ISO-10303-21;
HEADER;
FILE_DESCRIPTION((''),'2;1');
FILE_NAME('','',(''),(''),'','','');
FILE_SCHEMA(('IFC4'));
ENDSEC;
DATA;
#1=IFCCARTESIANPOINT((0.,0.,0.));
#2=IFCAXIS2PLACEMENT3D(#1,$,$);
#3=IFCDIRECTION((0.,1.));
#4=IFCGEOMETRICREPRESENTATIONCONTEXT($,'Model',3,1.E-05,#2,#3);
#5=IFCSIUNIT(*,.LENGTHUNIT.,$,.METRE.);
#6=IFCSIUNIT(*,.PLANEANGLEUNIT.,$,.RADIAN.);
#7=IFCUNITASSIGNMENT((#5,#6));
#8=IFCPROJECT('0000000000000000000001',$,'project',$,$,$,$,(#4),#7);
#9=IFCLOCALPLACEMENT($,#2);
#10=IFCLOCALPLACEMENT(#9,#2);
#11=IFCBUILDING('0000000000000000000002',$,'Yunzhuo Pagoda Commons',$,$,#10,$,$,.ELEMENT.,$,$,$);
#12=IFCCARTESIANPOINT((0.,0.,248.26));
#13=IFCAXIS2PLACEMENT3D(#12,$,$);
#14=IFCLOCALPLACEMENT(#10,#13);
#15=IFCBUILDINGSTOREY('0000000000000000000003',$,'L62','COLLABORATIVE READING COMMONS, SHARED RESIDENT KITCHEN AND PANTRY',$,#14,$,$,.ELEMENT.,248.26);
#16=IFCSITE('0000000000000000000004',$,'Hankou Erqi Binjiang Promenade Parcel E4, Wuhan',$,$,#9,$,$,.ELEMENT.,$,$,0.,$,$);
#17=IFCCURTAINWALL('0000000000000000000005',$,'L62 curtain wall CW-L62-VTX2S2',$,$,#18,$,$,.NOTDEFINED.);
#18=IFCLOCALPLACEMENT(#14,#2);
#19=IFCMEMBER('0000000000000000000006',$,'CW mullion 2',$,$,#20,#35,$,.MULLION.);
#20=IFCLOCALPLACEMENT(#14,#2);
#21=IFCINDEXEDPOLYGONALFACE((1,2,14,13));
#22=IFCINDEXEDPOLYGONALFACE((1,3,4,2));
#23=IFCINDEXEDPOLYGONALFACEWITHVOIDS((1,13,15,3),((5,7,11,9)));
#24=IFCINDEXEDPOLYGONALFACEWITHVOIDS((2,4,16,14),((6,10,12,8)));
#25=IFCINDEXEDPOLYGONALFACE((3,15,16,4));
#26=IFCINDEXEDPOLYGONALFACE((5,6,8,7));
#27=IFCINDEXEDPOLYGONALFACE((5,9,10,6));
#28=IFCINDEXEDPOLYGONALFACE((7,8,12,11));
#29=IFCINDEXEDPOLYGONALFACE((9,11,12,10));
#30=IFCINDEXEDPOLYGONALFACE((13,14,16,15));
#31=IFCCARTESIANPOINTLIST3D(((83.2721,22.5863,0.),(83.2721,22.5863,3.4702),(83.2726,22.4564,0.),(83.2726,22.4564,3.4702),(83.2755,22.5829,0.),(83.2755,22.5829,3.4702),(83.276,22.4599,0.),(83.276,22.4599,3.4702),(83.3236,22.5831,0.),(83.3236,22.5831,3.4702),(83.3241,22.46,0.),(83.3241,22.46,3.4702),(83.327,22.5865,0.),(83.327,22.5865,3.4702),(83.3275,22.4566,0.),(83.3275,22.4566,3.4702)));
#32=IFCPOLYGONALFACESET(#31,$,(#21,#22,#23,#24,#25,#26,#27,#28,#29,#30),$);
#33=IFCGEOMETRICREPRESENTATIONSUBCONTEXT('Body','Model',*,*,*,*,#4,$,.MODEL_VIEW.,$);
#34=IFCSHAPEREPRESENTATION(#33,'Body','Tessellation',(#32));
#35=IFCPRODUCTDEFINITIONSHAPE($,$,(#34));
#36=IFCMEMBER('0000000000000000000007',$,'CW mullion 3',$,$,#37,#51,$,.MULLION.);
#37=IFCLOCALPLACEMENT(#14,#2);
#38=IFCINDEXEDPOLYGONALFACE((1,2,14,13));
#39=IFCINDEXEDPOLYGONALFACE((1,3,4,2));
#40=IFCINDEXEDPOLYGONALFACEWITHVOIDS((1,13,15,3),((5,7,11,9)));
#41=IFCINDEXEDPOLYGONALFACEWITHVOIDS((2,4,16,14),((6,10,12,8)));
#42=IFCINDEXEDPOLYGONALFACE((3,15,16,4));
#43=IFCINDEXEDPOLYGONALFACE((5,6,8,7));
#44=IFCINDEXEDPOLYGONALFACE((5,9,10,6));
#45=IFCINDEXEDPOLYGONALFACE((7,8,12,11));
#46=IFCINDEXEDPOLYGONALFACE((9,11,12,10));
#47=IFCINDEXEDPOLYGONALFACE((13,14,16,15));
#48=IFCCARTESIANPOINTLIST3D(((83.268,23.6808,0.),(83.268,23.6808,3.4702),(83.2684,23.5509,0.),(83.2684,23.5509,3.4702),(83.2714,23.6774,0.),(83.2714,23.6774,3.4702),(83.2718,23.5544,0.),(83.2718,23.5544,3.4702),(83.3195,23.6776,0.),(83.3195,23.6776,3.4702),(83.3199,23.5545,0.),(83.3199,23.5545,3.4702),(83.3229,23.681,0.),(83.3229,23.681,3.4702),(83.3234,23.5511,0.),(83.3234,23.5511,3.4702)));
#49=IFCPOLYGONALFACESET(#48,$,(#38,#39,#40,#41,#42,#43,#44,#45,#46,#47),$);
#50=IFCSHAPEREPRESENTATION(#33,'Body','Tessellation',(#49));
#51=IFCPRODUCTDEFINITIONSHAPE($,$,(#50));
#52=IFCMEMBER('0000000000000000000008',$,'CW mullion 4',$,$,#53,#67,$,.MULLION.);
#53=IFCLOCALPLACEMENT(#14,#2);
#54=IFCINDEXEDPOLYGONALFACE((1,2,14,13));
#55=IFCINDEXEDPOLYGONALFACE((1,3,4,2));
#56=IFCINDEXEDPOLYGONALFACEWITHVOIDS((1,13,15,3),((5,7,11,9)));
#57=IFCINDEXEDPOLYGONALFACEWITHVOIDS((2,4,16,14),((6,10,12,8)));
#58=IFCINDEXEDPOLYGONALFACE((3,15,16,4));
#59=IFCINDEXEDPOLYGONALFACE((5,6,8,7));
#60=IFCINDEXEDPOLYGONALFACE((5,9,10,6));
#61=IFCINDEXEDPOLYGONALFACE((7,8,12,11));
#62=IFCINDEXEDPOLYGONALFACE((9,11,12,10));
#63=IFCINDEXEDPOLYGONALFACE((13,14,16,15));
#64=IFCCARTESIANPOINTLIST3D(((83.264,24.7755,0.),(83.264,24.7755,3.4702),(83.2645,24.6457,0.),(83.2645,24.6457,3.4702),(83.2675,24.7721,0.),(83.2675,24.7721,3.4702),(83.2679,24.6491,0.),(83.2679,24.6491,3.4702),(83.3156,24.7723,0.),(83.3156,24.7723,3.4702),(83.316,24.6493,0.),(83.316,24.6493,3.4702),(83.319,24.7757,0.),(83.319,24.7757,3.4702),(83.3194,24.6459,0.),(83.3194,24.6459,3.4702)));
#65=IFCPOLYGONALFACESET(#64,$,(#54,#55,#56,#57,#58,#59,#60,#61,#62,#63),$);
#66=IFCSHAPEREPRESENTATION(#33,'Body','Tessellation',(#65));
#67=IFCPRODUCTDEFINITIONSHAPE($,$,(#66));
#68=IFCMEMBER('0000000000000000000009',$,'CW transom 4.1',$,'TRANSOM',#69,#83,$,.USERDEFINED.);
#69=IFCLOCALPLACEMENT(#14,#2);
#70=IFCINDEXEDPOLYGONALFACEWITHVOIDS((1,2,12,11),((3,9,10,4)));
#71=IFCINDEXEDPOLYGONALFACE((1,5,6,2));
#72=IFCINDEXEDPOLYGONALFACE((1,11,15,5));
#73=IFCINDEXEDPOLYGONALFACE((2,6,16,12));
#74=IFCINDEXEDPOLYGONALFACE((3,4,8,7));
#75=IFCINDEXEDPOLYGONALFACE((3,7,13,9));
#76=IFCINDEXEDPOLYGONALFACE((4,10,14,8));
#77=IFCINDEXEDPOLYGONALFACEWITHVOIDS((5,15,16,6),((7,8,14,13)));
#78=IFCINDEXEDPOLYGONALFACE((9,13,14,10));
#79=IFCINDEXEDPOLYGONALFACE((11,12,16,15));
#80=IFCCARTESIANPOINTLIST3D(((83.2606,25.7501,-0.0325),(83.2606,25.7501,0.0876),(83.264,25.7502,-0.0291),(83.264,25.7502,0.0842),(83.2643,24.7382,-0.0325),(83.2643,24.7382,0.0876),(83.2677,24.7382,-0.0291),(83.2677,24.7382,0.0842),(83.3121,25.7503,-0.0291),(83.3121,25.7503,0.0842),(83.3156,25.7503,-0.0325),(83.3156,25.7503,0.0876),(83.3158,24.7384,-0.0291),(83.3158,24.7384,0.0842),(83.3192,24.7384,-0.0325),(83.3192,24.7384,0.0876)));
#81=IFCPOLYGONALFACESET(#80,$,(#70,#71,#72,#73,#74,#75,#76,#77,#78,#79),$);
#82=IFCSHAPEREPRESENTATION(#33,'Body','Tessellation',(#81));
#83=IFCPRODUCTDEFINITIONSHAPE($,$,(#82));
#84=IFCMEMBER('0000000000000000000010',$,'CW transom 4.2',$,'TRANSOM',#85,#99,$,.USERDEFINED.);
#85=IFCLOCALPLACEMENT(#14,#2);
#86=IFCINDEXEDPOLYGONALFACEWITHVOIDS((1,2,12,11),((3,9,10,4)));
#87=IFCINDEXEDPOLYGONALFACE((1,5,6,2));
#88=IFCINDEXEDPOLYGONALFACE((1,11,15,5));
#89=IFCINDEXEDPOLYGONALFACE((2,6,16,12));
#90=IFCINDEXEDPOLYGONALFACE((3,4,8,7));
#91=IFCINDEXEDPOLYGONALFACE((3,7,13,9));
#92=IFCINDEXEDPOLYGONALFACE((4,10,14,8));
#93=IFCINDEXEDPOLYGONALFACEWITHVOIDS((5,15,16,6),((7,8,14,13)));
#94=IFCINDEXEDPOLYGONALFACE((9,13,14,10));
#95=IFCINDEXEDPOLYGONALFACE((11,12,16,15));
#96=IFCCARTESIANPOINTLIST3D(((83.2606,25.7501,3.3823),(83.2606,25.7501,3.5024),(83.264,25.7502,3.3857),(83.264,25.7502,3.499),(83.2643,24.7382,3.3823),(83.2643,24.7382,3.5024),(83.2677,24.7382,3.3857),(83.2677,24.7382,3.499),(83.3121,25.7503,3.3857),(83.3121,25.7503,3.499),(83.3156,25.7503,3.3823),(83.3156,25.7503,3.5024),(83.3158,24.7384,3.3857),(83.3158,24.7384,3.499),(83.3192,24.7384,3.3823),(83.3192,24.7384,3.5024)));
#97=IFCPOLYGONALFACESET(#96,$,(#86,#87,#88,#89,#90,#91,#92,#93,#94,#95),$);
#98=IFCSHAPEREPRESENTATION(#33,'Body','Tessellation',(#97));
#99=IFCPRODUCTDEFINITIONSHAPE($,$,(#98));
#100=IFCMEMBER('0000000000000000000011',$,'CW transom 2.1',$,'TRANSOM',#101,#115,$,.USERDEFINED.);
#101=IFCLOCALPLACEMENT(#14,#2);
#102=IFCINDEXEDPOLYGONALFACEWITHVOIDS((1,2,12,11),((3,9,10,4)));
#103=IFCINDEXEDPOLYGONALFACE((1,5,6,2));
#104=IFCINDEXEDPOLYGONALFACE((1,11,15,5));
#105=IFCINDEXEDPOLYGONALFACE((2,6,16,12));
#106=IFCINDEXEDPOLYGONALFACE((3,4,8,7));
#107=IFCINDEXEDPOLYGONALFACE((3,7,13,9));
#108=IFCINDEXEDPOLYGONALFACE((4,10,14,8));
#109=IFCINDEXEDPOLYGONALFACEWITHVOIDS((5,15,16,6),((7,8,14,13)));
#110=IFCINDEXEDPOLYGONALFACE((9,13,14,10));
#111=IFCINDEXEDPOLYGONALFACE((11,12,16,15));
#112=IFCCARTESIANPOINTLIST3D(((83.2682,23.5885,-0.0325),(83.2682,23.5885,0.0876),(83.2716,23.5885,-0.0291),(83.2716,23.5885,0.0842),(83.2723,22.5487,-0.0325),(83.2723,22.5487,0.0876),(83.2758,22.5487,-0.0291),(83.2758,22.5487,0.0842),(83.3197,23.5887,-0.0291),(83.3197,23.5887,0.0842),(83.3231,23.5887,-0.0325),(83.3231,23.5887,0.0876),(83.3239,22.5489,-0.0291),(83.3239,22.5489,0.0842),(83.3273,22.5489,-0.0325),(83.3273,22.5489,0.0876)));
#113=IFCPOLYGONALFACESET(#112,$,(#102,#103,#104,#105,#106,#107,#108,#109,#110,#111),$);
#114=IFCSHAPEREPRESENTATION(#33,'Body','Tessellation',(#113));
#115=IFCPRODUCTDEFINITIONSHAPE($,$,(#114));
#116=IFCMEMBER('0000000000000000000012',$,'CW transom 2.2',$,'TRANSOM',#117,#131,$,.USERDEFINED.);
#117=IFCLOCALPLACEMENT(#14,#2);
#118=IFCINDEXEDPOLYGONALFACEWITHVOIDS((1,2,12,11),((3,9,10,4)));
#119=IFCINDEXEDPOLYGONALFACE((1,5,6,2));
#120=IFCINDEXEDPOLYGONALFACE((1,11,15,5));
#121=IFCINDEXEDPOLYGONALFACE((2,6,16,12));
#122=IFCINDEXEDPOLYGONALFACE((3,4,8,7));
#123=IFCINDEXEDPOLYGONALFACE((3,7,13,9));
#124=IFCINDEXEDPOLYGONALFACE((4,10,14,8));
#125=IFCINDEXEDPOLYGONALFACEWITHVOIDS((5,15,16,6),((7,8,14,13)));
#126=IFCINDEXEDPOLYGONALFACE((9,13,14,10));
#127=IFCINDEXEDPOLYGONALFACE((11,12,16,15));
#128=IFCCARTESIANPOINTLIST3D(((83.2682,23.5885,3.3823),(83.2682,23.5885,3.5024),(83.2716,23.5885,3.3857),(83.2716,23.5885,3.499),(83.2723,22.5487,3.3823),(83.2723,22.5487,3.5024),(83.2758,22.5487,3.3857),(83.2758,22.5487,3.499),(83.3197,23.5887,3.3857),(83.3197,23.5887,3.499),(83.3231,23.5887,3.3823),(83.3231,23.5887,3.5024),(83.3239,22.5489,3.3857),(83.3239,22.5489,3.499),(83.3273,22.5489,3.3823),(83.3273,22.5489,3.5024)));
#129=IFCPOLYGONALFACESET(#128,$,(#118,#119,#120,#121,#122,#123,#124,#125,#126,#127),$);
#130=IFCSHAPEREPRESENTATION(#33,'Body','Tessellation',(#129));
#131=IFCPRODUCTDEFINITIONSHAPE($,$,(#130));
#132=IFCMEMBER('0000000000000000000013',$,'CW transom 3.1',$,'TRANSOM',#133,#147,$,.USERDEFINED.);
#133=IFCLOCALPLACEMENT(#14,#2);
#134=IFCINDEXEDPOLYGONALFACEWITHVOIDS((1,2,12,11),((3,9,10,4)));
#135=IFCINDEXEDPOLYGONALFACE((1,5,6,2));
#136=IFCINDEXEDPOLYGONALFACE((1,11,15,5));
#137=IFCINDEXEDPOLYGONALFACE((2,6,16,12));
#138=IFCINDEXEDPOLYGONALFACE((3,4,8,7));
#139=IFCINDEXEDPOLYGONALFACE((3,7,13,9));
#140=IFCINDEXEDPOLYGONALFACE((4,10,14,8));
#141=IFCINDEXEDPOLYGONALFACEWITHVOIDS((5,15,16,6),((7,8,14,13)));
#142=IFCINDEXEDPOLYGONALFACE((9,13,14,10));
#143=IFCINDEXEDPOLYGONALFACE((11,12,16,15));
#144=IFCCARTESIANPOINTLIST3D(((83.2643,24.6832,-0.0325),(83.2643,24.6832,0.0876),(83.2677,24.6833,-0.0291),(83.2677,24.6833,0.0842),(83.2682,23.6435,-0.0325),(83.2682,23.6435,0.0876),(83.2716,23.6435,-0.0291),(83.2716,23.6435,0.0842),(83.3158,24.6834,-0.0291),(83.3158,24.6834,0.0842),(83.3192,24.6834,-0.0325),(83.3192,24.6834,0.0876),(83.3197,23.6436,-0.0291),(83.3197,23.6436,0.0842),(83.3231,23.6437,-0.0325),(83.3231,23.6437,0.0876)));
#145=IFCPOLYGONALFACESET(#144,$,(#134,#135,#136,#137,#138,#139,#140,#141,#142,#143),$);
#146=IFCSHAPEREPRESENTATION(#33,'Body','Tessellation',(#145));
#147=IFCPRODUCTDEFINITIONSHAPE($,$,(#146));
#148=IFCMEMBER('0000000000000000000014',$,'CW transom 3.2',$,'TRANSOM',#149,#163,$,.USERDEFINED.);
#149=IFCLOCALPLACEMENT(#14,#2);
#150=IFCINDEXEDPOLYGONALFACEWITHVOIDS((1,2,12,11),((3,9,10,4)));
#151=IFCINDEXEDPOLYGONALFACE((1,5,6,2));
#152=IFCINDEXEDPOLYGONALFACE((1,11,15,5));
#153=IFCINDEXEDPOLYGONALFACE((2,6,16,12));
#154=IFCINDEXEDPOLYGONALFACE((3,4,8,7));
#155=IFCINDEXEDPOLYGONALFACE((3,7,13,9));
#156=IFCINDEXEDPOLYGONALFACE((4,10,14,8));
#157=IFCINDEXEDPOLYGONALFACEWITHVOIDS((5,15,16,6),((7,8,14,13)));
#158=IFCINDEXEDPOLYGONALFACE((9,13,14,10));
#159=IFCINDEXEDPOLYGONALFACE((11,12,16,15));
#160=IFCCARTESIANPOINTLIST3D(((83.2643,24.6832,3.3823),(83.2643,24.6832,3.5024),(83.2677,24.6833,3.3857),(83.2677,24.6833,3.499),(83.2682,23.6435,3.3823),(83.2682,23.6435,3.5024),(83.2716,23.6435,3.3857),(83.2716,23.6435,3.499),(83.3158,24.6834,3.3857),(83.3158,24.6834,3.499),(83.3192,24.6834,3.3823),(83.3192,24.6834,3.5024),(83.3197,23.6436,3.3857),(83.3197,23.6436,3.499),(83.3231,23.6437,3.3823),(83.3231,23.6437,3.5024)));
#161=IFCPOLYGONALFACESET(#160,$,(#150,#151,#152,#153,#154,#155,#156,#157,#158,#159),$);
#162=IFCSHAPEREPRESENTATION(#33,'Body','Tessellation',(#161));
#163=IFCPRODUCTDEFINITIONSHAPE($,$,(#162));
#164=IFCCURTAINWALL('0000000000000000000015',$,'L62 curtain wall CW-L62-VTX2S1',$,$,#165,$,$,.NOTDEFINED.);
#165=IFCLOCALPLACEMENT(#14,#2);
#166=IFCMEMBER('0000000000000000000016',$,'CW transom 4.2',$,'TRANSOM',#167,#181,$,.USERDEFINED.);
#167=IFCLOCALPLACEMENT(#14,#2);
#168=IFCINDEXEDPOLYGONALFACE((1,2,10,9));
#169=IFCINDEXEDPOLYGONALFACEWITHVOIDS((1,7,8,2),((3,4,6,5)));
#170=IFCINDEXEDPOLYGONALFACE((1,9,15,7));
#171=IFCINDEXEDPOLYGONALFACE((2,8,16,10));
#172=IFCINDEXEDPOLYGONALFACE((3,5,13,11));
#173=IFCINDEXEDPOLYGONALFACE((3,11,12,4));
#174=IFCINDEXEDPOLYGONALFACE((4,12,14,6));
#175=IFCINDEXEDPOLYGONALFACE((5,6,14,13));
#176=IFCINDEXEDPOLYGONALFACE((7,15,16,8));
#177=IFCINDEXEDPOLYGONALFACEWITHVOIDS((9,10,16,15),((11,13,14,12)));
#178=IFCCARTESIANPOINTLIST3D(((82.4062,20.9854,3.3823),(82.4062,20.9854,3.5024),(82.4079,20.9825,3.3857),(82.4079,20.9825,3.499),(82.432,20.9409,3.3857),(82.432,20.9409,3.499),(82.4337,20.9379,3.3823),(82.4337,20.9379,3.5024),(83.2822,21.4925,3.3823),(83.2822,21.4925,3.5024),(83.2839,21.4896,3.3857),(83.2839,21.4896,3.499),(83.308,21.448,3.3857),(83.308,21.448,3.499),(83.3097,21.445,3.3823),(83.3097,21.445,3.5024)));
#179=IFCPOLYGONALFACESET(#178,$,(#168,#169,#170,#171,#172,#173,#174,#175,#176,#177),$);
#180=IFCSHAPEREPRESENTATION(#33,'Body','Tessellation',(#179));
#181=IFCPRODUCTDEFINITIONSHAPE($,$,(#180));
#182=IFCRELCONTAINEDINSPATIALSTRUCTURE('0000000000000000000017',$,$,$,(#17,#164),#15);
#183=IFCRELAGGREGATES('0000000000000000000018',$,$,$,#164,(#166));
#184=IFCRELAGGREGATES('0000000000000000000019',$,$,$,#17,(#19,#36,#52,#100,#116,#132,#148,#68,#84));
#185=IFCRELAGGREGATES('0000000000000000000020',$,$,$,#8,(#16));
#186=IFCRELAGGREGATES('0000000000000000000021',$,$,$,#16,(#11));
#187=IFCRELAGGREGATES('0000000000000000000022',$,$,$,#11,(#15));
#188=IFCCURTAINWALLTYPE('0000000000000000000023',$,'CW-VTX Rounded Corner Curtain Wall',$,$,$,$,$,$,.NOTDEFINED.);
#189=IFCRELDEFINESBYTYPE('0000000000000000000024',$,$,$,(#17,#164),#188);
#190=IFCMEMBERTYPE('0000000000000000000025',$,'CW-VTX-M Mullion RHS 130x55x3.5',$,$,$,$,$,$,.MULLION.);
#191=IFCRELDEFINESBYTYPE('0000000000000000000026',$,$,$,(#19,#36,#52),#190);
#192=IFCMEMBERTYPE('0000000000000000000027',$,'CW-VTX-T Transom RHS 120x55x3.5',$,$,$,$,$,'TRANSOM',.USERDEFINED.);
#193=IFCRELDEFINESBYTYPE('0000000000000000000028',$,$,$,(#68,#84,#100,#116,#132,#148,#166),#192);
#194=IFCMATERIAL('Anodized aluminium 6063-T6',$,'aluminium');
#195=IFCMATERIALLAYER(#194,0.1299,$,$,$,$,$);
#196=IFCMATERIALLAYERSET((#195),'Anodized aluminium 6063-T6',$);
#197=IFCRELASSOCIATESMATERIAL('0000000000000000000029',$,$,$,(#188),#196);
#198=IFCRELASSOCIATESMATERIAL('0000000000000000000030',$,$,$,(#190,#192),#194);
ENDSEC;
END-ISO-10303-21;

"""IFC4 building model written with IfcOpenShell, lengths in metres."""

from ifc_helpers import new_model, si_unit, direction, frame, origin, origin_2d, place, context, subcontext, project, spatial, hollow_rectangle, extrude, source, transform, mapped, material, layer, layer_set, material_profile, profile_set, type_object, element, aggregate, save


model = new_model("IFC4")

# Units and contexts
model_context = context("Model", 3, precision=1e-05, world=origin(), true_north=direction((0.0, 1.0)))
body_context = subcontext(model_context, "Body", "Model", "MODEL_VIEW")
ifc_project = project(units=[si_unit("LENGTHUNIT", "METRE"), si_unit("PLANEANGLEUNIT", "RADIAN")], contexts=[model_context])

# Site, building, storey
site_placement = place(None, origin())
site = spatial("IfcSite", under=ifc_project, at=site_placement, Name="Hankou Erqi Binjiang Promenade Parcel E4, Wuhan", CompositionType="ELEMENT", RefElevation=0.0)
building_placement = place(site_placement, origin())
building = spatial("IfcBuilding", under=site, at=building_placement, Name="Yunzhuo Pagoda Commons", CompositionType="ELEMENT")
storey_placement = place(building_placement, frame((0.0, 0.0, 248.26)))
storey = spatial("IfcBuildingStorey", under=building, at=storey_placement, Name="L62", Description="COLLABORATIVE READING COMMONS, SHARED RESIDENT KITCHEN AND PANTRY", CompositionType="ELEMENT", Elevation=248.26)

# Shared definitions
ifc_material_1 = material(Name="Anodized aluminium 6063-T6", Category="aluminium")

# Curtain wall, members
ifc_layer_1 = layer(ifc_material_1, 0.1299)
ifc_layer_set_1 = layer_set([ifc_layer_1], Name="Anodized aluminium 6063-T6")
curtain_wall_type_1 = type_object("IfcCurtainWallType", Name="CW-VTX Rounded Corner Curtain Wall", PredefinedType="NOTDEFINED", material=ifc_layer_set_1)
curtain_wall_1_placement = place(storey_placement, origin())
curtain_wall_1 = element("IfcCurtainWall", 1, at=curtain_wall_1_placement, inside=storey, type_object=curtain_wall_type_1, Name="L62 curtain wall CW-L62-VTX2S2", PredefinedType="NOTDEFINED")
ifc_material_profile_1 = material_profile(ifc_material_1, hollow_rectangle(XDim=0.0549, YDim=0.1299, WallThickness=0.0034, at=origin_2d()), Name="Anodized aluminium 6063-T6")
ifc_profile_set_1 = profile_set([ifc_material_profile_1], Name="Anodized aluminium 6063-T6")
member_type_1 = type_object("IfcMemberType", Name="CW-VTX-M Mullion RHS 130x55x3.5", PredefinedType="MULLION", material=ifc_profile_set_1)
shared_shape_1 = source(origin(), body_context, "Body", "SweptSolid", [
    extrude(hollow_rectangle(XDim=0.0549, YDim=0.1299, WallThickness=0.0034, at=origin_2d()), origin(), (0.0, 0.0, 1.0), 3.4702),
])
member_1_placement = place(storey_placement, frame((83.2998, 22.5215, 0.0), z_axis=(0.0, 0.0, 1.0), x_axis=(-0.999994, -0.003586, 0.0)))
member_1 = element("IfcMember", 2, at=member_1_placement, type_object=member_type_1, Name="CW mullion 2", PredefinedType="MULLION", context=body_context, shape_type="MappedRepresentation", body=[
    mapped(shared_shape_1, transform((0.0, 0.0, 0.0), scale=1.0)),
])
member_2_placement = place(storey_placement, frame((83.2957, 23.616, 0.0), z_axis=(0.0, 0.0, 1.0), x_axis=(-0.999994, -0.003586, 0.0)))
member_2 = element("IfcMember", 3, at=member_2_placement, type_object=member_type_1, Name="CW mullion 3", PredefinedType="MULLION", context=body_context, shape_type="MappedRepresentation", body=[
    mapped(shared_shape_1, transform((0.0, 0.0, 0.0), scale=1.0)),
])
member_3_placement = place(storey_placement, frame((83.2917, 24.7107, 0.0), z_axis=(0.0, 0.0, 1.0), x_axis=(-0.999994, -0.003586, 0.0)))
member_3 = element("IfcMember", 4, at=member_3_placement, type_object=member_type_1, Name="CW mullion 4", PredefinedType="MULLION", context=body_context, shape_type="MappedRepresentation", body=[
    mapped(shared_shape_1, transform((0.0, 0.0, 0.0), scale=1.0)),
])
ifc_material_profile_2 = material_profile(ifc_material_1, hollow_rectangle(XDim=0.0549, YDim=0.1201, WallThickness=0.0034, at=origin_2d()), Name="Anodized aluminium 6063-T6")
ifc_profile_set_2 = profile_set([ifc_material_profile_2], Name="Anodized aluminium 6063-T6")
member_type_2 = type_object("IfcMemberType", Name="CW-VTX-T Transom RHS 120x55x3.5", ElementType="TRANSOM", PredefinedType="USERDEFINED", material=ifc_profile_set_2)
shared_shape_2 = source(origin(), body_context, "Body", "SweptSolid", [
    extrude(hollow_rectangle(XDim=0.0549, YDim=0.1201, WallThickness=0.0034, at=origin_2d()), origin(), (0.0, 0.0, 1.0), 1.012),
])
member_4_placement = place(storey_placement, frame((83.2917, 24.7383, 0.0276), z_axis=(-0.003619, 0.999993, 0.0), x_axis=(-0.999993, -0.003619, 0.0)))
member_4 = element("IfcMember", 5, at=member_4_placement, type_object=member_type_2, Name="CW transom 4.1", ObjectType="TRANSOM", PredefinedType="USERDEFINED", context=body_context, shape_type="MappedRepresentation", body=[
    mapped(shared_shape_2, transform((0.0, 0.0, 0.0), scale=1.0)),
])
member_5_placement = place(storey_placement, frame((83.2917, 24.7383, 3.4424), z_axis=(-0.003619, 0.999993, 0.0), x_axis=(-0.999993, -0.003619, 0.0)))
member_5 = element("IfcMember", 6, at=member_5_placement, type_object=member_type_2, Name="CW transom 4.2", ObjectType="TRANSOM", PredefinedType="USERDEFINED", context=body_context, shape_type="MappedRepresentation", body=[
    mapped(shared_shape_2, transform((0.0, 0.0, 0.0), scale=1.0)),
])
shared_shape_3 = source(origin(), body_context, "Body", "SweptSolid", [
    extrude(hollow_rectangle(XDim=0.0549, YDim=0.1201, WallThickness=0.0034, at=origin_2d()), origin(), (0.0, 0.0, 1.0), 1.0398),
])
member_6_placement = place(storey_placement, frame((83.2998, 22.5488, 0.0276), z_axis=(-0.003992, 0.999992, 0.0), x_axis=(-0.999992, -0.003992, 0.0)))
member_6 = element("IfcMember", 7, at=member_6_placement, type_object=member_type_2, Name="CW transom 2.1", ObjectType="TRANSOM", PredefinedType="USERDEFINED", context=body_context, shape_type="MappedRepresentation", body=[
    mapped(shared_shape_3, transform((0.0, 0.0, 0.0), scale=1.0)),
])
member_7_placement = place(storey_placement, frame((83.2998, 22.5488, 3.4424), z_axis=(-0.003992, 0.999992, 0.0), x_axis=(-0.999992, -0.003992, 0.0)))
member_7 = element("IfcMember", 8, at=member_7_placement, type_object=member_type_2, Name="CW transom 2.2", ObjectType="TRANSOM", PredefinedType="USERDEFINED", context=body_context, shape_type="MappedRepresentation", body=[
    mapped(shared_shape_3, transform((0.0, 0.0, 0.0), scale=1.0)),
])
member_8_placement = place(storey_placement, frame((83.2957, 23.6436, 0.0276), z_axis=(-0.003757, 0.999993, 0.0), x_axis=(-0.999993, -0.003757, 0.0)))
member_8 = element("IfcMember", 9, at=member_8_placement, type_object=member_type_2, Name="CW transom 3.1", ObjectType="TRANSOM", PredefinedType="USERDEFINED", context=body_context, shape_type="MappedRepresentation", body=[
    mapped(shared_shape_3, transform((0.0, 0.0, 0.0), scale=1.0)),
])
member_9_placement = place(storey_placement, frame((83.2957, 23.6436, 3.4424), z_axis=(-0.003757, 0.999993, 0.0), x_axis=(-0.999993, -0.003757, 0.0)))
member_9 = element("IfcMember", 10, at=member_9_placement, type_object=member_type_2, Name="CW transom 3.2", ObjectType="TRANSOM", PredefinedType="USERDEFINED", context=body_context, shape_type="MappedRepresentation", body=[
    mapped(shared_shape_3, transform((0.0, 0.0, 0.0), scale=1.0)),
])

# Curtain wall, member
curtain_wall_2_placement = place(storey_placement, origin())
curtain_wall_2 = element("IfcCurtainWall", 11, at=curtain_wall_2_placement, inside=storey, type_object=curtain_wall_type_1, Name="L62 curtain wall CW-L62-VTX2S1", PredefinedType="NOTDEFINED")
shared_shape_4 = source(origin(), body_context, "Body", "SweptSolid", [
    extrude(hollow_rectangle(XDim=0.0549, YDim=0.1201, WallThickness=0.0034, at=origin_2d()), origin(), (0.0, 0.0, 1.0), 1.0122),
])
member_10_placement = place(storey_placement, frame((82.4199, 20.9617, 3.4424), z_axis=(0.865454, 0.500989, 0.0), x_axis=(-0.500989, 0.865454, 0.0)))
member_10 = element("IfcMember", 12, at=member_10_placement, type_object=member_type_2, Name="CW transom 4.2", ObjectType="TRANSOM", PredefinedType="USERDEFINED", context=body_context, shape_type="MappedRepresentation", body=[
    mapped(shared_shape_4, transform((0.0, 0.0, 0.0), scale=1.0)),
])

aggregate(curtain_wall_2, [member_10])
aggregate(curtain_wall_1, [member_1, member_2, member_3, member_6, member_7, member_8, member_9, member_4, member_5])

save(model, "model.ifc")
